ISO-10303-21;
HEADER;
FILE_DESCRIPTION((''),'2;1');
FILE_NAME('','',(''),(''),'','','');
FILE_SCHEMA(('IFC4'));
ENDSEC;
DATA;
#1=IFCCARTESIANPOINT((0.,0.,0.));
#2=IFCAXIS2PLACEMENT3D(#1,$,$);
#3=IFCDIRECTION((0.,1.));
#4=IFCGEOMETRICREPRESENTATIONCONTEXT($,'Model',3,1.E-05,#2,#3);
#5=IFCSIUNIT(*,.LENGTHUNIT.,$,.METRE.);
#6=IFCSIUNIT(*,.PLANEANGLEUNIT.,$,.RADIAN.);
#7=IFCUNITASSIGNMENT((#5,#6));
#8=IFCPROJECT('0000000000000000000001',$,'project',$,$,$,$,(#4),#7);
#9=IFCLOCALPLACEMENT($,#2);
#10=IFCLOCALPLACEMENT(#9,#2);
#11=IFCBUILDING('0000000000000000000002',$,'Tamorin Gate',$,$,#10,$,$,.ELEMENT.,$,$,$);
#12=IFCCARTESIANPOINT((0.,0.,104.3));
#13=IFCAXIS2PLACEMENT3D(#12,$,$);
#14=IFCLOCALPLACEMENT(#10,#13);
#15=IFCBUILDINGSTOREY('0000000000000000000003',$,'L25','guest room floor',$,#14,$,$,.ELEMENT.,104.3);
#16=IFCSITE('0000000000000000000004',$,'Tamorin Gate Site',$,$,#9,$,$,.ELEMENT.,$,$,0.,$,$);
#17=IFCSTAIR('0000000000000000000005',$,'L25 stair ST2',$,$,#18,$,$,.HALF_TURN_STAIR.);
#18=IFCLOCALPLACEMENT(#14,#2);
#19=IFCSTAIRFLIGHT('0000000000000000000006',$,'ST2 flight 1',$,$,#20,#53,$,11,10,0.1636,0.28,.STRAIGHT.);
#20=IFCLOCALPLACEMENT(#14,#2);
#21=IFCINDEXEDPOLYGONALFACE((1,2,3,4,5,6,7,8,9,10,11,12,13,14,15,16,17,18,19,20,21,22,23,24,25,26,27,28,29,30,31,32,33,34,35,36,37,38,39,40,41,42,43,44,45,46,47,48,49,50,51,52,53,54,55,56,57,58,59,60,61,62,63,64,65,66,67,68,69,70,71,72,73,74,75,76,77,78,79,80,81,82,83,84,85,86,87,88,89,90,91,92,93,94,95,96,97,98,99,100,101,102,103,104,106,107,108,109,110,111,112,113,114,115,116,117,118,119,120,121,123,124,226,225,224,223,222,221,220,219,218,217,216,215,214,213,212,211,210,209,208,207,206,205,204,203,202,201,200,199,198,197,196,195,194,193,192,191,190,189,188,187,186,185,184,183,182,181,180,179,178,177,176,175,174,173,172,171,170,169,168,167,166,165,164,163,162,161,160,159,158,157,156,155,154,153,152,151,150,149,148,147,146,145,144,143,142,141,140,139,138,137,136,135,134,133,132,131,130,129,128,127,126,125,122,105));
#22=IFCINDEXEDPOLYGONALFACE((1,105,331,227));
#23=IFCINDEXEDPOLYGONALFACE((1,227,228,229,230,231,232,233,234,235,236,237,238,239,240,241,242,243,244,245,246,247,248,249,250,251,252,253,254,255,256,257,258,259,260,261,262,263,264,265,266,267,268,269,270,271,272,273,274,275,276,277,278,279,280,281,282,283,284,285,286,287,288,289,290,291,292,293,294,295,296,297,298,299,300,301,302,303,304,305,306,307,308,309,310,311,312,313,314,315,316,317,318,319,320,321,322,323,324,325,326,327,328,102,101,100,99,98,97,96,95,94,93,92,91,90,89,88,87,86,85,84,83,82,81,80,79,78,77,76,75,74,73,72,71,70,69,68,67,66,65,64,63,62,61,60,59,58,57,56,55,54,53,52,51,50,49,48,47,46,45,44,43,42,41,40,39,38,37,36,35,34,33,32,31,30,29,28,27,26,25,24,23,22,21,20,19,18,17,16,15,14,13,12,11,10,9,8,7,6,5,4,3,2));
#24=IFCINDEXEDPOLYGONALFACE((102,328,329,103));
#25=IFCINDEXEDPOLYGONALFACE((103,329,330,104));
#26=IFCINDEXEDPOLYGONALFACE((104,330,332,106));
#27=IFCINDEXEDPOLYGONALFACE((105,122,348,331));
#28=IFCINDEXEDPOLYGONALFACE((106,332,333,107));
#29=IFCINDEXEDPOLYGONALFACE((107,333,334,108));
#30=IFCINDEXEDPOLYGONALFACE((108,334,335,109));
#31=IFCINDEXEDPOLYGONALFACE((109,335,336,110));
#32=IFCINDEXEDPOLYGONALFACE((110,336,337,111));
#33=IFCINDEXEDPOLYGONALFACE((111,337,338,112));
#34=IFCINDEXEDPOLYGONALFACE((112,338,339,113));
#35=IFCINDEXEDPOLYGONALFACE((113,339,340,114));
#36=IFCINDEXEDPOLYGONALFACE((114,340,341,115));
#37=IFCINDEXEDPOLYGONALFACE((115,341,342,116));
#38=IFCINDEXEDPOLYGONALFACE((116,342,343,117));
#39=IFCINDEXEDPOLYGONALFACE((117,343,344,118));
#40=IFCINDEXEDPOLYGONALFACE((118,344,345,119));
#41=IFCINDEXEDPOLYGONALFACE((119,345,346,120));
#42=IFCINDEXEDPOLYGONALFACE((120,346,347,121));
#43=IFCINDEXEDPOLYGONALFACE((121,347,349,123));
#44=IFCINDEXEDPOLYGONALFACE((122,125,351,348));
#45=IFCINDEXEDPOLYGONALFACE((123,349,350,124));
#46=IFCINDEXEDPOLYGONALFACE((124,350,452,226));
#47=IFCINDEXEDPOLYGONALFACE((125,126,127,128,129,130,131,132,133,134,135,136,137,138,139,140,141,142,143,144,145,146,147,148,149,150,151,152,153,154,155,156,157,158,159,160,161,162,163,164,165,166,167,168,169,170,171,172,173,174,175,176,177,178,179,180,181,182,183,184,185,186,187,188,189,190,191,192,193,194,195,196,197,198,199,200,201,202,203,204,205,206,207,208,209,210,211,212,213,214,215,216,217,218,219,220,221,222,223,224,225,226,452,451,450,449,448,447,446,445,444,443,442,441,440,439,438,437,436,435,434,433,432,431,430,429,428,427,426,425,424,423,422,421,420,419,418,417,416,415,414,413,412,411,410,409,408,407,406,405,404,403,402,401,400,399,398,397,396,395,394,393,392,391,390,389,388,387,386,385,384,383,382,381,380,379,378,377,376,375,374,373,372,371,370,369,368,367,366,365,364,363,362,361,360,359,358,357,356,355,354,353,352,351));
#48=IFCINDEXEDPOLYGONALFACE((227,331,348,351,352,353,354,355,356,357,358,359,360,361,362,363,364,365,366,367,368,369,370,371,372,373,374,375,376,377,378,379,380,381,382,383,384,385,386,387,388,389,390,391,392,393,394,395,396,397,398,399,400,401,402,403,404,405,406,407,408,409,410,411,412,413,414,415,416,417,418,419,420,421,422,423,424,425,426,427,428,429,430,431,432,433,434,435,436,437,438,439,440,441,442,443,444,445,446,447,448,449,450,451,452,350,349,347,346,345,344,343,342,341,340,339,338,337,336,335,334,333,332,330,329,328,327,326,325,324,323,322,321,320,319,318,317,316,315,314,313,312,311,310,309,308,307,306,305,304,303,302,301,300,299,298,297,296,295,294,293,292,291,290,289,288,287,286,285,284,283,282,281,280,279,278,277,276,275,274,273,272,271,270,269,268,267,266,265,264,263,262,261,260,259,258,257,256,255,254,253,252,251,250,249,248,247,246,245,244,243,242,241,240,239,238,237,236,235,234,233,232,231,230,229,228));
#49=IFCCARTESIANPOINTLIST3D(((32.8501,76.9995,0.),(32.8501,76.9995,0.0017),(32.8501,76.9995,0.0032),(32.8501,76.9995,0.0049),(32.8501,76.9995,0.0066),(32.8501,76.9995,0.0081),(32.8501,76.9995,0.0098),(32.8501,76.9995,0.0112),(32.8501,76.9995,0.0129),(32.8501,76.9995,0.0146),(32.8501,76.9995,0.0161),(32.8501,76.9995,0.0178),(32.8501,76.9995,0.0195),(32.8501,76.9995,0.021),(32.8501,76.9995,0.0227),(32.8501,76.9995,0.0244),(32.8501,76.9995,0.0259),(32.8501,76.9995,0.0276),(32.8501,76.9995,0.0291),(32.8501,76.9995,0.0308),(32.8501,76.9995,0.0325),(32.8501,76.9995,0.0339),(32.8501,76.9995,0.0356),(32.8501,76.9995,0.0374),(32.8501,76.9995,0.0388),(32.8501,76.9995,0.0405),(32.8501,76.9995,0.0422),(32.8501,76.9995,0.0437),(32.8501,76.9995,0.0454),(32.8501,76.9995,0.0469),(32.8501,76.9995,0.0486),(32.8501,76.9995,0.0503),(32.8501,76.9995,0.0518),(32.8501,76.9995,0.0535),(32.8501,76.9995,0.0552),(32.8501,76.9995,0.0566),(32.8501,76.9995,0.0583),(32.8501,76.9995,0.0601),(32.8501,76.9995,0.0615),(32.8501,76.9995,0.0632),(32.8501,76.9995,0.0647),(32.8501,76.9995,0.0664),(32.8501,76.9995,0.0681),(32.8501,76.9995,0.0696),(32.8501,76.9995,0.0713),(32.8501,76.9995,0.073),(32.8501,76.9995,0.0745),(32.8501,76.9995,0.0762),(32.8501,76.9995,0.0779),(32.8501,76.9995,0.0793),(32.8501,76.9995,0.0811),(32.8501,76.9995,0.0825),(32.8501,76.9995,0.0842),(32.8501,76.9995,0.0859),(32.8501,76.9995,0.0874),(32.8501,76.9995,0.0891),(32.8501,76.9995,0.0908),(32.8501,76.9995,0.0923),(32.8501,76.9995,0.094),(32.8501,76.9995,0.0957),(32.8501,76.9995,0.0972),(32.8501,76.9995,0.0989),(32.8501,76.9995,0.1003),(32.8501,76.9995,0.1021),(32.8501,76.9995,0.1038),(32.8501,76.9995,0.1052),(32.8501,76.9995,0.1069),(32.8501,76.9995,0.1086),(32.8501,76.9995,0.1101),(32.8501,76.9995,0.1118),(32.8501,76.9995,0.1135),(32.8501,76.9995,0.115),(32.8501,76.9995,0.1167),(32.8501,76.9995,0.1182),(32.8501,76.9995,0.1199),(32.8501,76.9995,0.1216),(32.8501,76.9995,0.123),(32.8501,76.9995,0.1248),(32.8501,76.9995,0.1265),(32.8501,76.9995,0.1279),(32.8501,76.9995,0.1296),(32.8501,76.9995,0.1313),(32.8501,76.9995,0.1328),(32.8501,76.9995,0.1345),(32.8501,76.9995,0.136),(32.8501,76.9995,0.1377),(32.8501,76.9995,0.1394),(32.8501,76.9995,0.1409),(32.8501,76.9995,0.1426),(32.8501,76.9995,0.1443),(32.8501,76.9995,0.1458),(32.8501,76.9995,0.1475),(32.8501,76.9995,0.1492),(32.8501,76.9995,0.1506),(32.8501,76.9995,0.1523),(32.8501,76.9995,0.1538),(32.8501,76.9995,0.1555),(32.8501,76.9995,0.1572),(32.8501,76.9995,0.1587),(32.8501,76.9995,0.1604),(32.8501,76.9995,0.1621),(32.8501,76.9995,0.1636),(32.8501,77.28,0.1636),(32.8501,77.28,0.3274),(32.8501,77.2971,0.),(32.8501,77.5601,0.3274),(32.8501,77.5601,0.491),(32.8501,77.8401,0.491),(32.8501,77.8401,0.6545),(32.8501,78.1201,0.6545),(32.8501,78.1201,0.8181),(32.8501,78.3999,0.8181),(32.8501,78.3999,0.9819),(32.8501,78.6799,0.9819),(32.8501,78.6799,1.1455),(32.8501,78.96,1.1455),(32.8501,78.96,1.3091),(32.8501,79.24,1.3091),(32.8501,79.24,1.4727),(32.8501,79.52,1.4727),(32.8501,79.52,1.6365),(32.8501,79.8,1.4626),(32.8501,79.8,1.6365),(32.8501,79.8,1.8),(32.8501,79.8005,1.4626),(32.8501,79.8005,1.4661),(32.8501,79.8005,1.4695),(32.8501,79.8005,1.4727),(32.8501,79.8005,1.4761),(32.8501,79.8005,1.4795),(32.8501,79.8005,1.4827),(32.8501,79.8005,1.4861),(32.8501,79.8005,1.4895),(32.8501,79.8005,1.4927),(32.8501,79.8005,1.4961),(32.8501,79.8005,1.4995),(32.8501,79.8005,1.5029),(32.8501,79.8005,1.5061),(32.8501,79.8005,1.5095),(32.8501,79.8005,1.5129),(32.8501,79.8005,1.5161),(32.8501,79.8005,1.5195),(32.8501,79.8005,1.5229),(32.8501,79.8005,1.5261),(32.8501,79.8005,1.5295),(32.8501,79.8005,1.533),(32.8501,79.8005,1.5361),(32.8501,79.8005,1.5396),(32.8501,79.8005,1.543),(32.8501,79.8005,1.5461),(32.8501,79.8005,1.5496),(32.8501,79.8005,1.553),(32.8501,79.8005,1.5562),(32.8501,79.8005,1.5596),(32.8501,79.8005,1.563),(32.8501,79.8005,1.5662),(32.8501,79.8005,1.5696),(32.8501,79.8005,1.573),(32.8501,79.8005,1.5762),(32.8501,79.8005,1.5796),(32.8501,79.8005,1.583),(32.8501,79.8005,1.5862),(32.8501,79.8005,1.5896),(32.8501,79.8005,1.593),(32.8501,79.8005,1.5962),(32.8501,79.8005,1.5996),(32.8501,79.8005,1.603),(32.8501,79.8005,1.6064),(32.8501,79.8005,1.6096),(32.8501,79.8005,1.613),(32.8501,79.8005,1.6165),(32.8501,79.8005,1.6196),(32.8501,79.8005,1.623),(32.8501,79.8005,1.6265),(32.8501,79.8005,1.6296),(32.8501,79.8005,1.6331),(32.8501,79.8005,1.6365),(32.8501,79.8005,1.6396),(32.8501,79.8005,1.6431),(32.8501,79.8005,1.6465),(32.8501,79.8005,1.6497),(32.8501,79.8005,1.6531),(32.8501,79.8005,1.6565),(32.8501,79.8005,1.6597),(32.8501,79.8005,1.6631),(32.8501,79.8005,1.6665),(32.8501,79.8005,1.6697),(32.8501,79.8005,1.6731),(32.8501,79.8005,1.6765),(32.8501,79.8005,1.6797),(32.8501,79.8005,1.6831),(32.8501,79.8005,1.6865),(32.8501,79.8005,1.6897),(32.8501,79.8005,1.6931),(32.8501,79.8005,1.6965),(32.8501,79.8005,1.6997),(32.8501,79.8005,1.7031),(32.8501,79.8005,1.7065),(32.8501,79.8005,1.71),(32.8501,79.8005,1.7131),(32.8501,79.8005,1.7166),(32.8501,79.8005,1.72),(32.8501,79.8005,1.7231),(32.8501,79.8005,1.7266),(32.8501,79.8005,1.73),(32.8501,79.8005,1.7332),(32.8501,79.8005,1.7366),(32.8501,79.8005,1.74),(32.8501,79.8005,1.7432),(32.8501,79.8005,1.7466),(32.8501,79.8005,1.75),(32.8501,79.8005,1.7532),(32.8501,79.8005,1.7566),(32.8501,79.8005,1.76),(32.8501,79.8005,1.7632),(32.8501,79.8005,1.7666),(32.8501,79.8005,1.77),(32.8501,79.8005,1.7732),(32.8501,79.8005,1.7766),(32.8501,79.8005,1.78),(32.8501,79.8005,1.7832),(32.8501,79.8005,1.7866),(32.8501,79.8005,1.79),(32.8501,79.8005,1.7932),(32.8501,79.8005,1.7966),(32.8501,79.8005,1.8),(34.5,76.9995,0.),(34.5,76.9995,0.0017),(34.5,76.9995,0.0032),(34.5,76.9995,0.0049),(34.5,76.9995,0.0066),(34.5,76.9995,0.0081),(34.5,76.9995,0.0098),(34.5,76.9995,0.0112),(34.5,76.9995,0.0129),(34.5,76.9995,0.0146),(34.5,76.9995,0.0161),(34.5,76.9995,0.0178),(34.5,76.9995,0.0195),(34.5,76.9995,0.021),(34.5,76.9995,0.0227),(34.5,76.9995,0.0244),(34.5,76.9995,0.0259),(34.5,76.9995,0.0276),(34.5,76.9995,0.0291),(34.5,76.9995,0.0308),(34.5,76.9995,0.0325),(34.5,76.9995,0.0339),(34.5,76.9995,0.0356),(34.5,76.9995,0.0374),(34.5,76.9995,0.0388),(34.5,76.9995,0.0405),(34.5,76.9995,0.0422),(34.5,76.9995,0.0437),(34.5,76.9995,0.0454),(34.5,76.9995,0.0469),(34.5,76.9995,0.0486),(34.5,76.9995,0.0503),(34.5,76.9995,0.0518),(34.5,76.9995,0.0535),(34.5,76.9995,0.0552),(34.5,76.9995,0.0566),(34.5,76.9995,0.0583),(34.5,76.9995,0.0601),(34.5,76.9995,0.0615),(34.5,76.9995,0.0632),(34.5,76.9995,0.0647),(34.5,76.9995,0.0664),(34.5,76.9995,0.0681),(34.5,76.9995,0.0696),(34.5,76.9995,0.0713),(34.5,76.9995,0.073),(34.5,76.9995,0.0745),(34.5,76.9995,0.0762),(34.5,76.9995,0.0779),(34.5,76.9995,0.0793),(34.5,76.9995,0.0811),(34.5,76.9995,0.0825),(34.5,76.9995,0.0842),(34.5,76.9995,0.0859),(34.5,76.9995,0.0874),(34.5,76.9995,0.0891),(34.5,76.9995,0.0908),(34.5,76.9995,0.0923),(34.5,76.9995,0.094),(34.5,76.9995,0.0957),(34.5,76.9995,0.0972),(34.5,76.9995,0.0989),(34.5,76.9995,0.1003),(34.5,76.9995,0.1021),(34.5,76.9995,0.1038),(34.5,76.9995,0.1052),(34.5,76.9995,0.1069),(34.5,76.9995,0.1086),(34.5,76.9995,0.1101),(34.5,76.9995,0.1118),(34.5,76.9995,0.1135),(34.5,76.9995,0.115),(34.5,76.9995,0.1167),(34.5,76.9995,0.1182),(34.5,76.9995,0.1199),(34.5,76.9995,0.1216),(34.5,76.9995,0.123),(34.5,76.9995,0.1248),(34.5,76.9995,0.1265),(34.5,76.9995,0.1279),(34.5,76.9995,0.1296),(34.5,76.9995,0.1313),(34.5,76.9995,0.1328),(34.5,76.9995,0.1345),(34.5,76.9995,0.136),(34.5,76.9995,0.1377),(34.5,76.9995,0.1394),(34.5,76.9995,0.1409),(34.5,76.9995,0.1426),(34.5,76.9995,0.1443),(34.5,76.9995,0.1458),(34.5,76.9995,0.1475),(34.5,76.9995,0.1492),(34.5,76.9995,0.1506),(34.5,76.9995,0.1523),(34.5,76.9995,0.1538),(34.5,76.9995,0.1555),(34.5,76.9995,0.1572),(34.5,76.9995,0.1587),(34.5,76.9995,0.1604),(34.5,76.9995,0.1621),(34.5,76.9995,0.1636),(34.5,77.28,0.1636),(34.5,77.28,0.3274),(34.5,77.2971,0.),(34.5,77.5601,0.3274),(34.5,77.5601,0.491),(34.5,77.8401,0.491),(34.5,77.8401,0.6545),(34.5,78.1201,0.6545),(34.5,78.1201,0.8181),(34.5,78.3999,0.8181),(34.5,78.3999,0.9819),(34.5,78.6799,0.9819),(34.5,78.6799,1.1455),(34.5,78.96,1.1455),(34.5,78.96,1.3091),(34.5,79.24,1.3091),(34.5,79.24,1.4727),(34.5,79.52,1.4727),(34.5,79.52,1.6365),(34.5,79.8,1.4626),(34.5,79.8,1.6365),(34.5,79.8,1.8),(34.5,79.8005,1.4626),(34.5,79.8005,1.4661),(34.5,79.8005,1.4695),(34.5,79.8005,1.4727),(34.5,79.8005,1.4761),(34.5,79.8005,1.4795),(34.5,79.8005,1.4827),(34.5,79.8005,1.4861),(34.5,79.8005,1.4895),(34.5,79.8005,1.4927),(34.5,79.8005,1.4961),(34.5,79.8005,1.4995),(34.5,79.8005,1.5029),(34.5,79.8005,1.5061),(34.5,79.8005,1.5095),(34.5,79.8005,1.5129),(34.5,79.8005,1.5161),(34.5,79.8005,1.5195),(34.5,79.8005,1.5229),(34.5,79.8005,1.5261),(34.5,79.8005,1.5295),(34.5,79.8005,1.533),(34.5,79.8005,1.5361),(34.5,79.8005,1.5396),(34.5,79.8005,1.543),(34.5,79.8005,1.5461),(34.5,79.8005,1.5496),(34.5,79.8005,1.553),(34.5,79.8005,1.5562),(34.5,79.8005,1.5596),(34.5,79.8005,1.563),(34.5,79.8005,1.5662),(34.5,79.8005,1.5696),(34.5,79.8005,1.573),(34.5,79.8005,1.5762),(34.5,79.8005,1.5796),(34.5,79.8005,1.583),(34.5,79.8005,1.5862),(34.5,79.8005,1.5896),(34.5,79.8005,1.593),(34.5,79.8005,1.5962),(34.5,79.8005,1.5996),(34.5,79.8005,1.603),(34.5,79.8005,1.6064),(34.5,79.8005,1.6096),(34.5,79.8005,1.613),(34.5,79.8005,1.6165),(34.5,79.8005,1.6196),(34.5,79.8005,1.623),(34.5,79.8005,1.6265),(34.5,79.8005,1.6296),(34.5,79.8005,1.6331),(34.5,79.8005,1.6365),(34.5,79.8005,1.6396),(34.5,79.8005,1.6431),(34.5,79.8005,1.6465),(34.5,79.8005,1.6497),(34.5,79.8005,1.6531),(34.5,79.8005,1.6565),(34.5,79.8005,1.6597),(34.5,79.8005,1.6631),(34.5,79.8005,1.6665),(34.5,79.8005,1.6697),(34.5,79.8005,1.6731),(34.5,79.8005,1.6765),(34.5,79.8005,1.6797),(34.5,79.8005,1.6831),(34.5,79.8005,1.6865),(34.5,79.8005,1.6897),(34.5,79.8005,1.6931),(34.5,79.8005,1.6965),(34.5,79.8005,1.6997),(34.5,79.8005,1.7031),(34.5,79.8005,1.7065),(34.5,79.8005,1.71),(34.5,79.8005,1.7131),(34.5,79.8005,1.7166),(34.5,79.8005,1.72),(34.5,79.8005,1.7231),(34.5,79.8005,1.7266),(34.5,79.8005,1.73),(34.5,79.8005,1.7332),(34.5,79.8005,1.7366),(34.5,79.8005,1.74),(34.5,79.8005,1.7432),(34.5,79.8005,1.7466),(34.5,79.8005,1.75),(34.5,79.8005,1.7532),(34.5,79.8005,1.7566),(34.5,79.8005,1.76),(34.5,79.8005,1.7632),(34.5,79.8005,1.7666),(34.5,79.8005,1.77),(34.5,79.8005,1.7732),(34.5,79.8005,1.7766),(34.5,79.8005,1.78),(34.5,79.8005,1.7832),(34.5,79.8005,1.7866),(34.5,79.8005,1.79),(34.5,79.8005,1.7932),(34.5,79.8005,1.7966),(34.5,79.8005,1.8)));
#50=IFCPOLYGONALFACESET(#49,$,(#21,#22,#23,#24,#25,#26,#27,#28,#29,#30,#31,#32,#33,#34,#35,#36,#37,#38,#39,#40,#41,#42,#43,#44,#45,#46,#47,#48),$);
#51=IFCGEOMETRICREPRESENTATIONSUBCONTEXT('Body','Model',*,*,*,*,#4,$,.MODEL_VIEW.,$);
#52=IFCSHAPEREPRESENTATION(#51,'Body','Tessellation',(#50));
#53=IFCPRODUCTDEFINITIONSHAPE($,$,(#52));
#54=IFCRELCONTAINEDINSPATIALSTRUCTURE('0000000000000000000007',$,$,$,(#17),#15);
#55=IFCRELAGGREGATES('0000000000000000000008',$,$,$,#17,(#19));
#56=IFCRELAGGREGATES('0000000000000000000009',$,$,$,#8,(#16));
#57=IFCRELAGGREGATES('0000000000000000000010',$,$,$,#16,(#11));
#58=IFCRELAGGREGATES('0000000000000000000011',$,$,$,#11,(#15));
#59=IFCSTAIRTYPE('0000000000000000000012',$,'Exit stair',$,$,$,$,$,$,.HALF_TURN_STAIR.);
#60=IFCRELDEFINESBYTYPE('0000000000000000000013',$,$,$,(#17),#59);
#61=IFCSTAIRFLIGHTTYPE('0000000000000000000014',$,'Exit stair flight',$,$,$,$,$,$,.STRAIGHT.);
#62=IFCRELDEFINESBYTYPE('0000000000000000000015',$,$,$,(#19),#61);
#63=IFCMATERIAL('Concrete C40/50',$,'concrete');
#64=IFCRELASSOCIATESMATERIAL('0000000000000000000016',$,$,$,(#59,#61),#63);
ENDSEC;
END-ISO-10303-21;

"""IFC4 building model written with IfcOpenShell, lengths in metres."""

from ifc_helpers import new_model, si_unit, direction, frame, origin, place, context, subcontext, project, spatial, polyline, outline, extrude, material, type_object, element, aggregate, save


model = new_model("IFC4")

# Units and contexts
model_context = context("Model", 3, precision=1e-05, world=origin(), true_north=direction((0.0, 1.0)))
body_context = subcontext(model_context, "Body", "Model", "MODEL_VIEW")
ifc_project = project(units=[si_unit("LENGTHUNIT", "METRE"), si_unit("PLANEANGLEUNIT", "RADIAN")], contexts=[model_context])

# Site, building, storey
site_placement = place(None, origin())
site = spatial("IfcSite", under=ifc_project, at=site_placement, Name="Tamorin Gate Site", CompositionType="ELEMENT", RefElevation=0.0)
building_placement = place(site_placement, origin())
building = spatial("IfcBuilding", under=site, at=building_placement, Name="Tamorin Gate", CompositionType="ELEMENT")
storey_placement = place(building_placement, frame((0.0, 0.0, 104.3)))
storey = spatial("IfcBuildingStorey", under=building, at=storey_placement, Name="L25", Description="guest room floor", CompositionType="ELEMENT", Elevation=104.3)

# Shared definitions
ifc_material_1 = material(Name="Concrete C40/50", Category="concrete")

# Stair, stair flight
stair_type = type_object("IfcStairType", Name="Exit stair", PredefinedType="HALF_TURN_STAIR", material=ifc_material_1)
stair_placement = place(storey_placement, origin())
stair = element("IfcStair", 1, at=stair_placement, inside=storey, type_object=stair_type, Name="L25 stair ST2", PredefinedType="HALF_TURN_STAIR")
stair_flight_type = type_object("IfcStairFlightType", Name="Exit stair flight", PredefinedType="STRAIGHT", material=ifc_material_1)
stair_flight_1_placement = place(storey_placement, frame((33.675, 77.0, 0.0), z_axis=(0.0, 0.0, 1.0), x_axis=(0.0, 1.0, 0.0)))
stair_flight_1 = element("IfcStairFlight", 2, at=stair_flight_1_placement, type_object=stair_flight_type, Name="ST2 flight 1", NumberOfRisers=11, NumberOfTreads=10, PredefinedType="STRAIGHT", RiserHeight=0.1636, TreadLength=0.28, context=body_context, shape_type="SweptSolid", body=[
    extrude(outline(polyline([(-0.0005, 0.0), (-0.0005, 0.0017), (-0.0005, 0.0032), (-0.0005, 0.0049), (-0.0005, 0.0066), (-0.0005, 0.0081), (-0.0005, 0.0098), (-0.0005, 0.0112), (-0.0005, 0.0129), (-0.0005, 0.0146), (-0.0005, 0.0161), (-0.0005, 0.0178), (-0.0005, 0.0195), (-0.0005, 0.021), (-0.0005, 0.0227), (-0.0005, 0.0244), (-0.0005, 0.0259), (-0.0005, 0.0276), (-0.0005, 0.0291), (-0.0005, 0.0308), (-0.0005, 0.0325), (-0.0005, 0.0339), (-0.0005, 0.0356), (-0.0005, 0.0374), (-0.0005, 0.0388), (-0.0005, 0.0405), (-0.0005, 0.0422), (-0.0005, 0.0437), (-0.0005, 0.0454), (-0.0005, 0.0469), (-0.0005, 0.0486), (-0.0005, 0.0503), (-0.0005, 0.0518), (-0.0005, 0.0535), (-0.0005, 0.0552), (-0.0005, 0.0566), (-0.0005, 0.0583), (-0.0005, 0.0601), (-0.0005, 0.0615), (-0.0005, 0.0632), (-0.0005, 0.0647), (-0.0005, 0.0664), (-0.0005, 0.0681), (-0.0005, 0.0696), (-0.0005, 0.0713), (-0.0005, 0.073), (-0.0005, 0.0745), (-0.0005, 0.0762), (-0.0005, 0.0779), (-0.0005, 0.0793), (-0.0005, 0.0811), (-0.0005, 0.0825), (-0.0005, 0.0842), (-0.0005, 0.0859), (-0.0005, 0.0874), (-0.0005, 0.0891), (-0.0005, 0.0908), (-0.0005, 0.0923), (-0.0005, 0.094), (-0.0005, 0.0957), (-0.0005, 0.0972), (-0.0005, 0.0989), (-0.0005, 0.1003), (-0.0005, 0.1021), (-0.0005, 0.1038), (-0.0005, 0.1052), (-0.0005, 0.1069), (-0.0005, 0.1086), (-0.0005, 0.1101), (-0.0005, 0.1118), (-0.0005, 0.1135), (-0.0005, 0.115), (-0.0005, 0.1167), (-0.0005, 0.1182), (-0.0005, 0.1199), (-0.0005, 0.1216), (-0.0005, 0.123), (-0.0005, 0.1248), (-0.0005, 0.1265), (-0.0005, 0.1279), (-0.0005, 0.1296), (-0.0005, 0.1313), (-0.0005, 0.1328), (-0.0005, 0.1345), (-0.0005, 0.136), (-0.0005, 0.1377), (-0.0005, 0.1394), (-0.0005, 0.1409), (-0.0005, 0.1426), (-0.0005, 0.1443), (-0.0005, 0.1458), (-0.0005, 0.1475), (-0.0005, 0.1492), (-0.0005, 0.1506), (-0.0005, 0.1523), (-0.0005, 0.1538), (-0.0005, 0.1555), (-0.0005, 0.1572), (-0.0005, 0.1587), (-0.0005, 0.1604), (-0.0005, 0.1621), (-0.0005, 0.1636), (0.28, 0.1636), (0.28, 0.3274), (0.5601, 0.3274), (0.5601, 0.491), (0.8401, 0.491), (0.8401, 0.6545), (1.1201, 0.6545), (1.1201, 0.8181), (1.3999, 0.8181), (1.3999, 0.9819), (1.6799, 0.9819), (1.6799, 1.1455), (1.96, 1.1455), (1.96, 1.3091), (2.24, 1.3091), (2.24, 1.4727), (2.52, 1.4727), (2.52, 1.6365), (2.8, 1.6365), (2.8, 1.8), (2.8005, 1.8), (2.8005, 1.7966), (2.8005, 1.7932), (2.8005, 1.79), (2.8005, 1.7866), (2.8005, 1.7832), (2.8005, 1.78), (2.8005, 1.7766), (2.8005, 1.7732), (2.8005, 1.77), (2.8005, 1.7666), (2.8005, 1.7632), (2.8005, 1.76), (2.8005, 1.7566), (2.8005, 1.7532), (2.8005, 1.75), (2.8005, 1.7466), (2.8005, 1.7432), (2.8005, 1.74), (2.8005, 1.7366), (2.8005, 1.7332), (2.8005, 1.73), (2.8005, 1.7266), (2.8005, 1.7231), (2.8005, 1.72), (2.8005, 1.7166), (2.8005, 1.7131), (2.8005, 1.71), (2.8005, 1.7065), (2.8005, 1.7031), (2.8005, 1.6997), (2.8005, 1.6965), (2.8005, 1.6931), (2.8005, 1.6897), (2.8005, 1.6865), (2.8005, 1.6831), (2.8005, 1.6797), (2.8005, 1.6765), (2.8005, 1.6731), (2.8005, 1.6697), (2.8005, 1.6665), (2.8005, 1.6631), (2.8005, 1.6597), (2.8005, 1.6565), (2.8005, 1.6531), (2.8005, 1.6497), (2.8005, 1.6465), (2.8005, 1.6431), (2.8005, 1.6396), (2.8005, 1.6365), (2.8005, 1.6331), (2.8005, 1.6296), (2.8005, 1.6265), (2.8005, 1.623), (2.8005, 1.6196), (2.8005, 1.6165), (2.8005, 1.613), (2.8005, 1.6096), (2.8005, 1.6064), (2.8005, 1.603), (2.8005, 1.5996), (2.8005, 1.5962), (2.8005, 1.593), (2.8005, 1.5896), (2.8005, 1.5862), (2.8005, 1.583), (2.8005, 1.5796), (2.8005, 1.5762), (2.8005, 1.573), (2.8005, 1.5696), (2.8005, 1.5662), (2.8005, 1.563), (2.8005, 1.5596), (2.8005, 1.5562), (2.8005, 1.553), (2.8005, 1.5496), (2.8005, 1.5461), (2.8005, 1.543), (2.8005, 1.5396), (2.8005, 1.5361), (2.8005, 1.533), (2.8005, 1.5295), (2.8005, 1.5261), (2.8005, 1.5229), (2.8005, 1.5195), (2.8005, 1.5161), (2.8005, 1.5129), (2.8005, 1.5095), (2.8005, 1.5061), (2.8005, 1.5029), (2.8005, 1.4995), (2.8005, 1.4961), (2.8005, 1.4927), (2.8005, 1.4895), (2.8005, 1.4861), (2.8005, 1.4827), (2.8005, 1.4795), (2.8005, 1.4761), (2.8005, 1.4727), (2.8005, 1.4695), (2.8005, 1.4661), (2.8005, 1.4626), (2.8, 1.4626), (0.2971, 0.0), (-0.0005, 0.0)])), frame((0.0, 0.825, 0.0), z_axis=(0.0, -1.0, 0.0), x_axis=(1.0, 0.0, 0.0)), (0.0, 0.0, 1.0), 1.6499),
])
aggregate(stair, [stair_flight_1])

save(model, "model.ifc")
